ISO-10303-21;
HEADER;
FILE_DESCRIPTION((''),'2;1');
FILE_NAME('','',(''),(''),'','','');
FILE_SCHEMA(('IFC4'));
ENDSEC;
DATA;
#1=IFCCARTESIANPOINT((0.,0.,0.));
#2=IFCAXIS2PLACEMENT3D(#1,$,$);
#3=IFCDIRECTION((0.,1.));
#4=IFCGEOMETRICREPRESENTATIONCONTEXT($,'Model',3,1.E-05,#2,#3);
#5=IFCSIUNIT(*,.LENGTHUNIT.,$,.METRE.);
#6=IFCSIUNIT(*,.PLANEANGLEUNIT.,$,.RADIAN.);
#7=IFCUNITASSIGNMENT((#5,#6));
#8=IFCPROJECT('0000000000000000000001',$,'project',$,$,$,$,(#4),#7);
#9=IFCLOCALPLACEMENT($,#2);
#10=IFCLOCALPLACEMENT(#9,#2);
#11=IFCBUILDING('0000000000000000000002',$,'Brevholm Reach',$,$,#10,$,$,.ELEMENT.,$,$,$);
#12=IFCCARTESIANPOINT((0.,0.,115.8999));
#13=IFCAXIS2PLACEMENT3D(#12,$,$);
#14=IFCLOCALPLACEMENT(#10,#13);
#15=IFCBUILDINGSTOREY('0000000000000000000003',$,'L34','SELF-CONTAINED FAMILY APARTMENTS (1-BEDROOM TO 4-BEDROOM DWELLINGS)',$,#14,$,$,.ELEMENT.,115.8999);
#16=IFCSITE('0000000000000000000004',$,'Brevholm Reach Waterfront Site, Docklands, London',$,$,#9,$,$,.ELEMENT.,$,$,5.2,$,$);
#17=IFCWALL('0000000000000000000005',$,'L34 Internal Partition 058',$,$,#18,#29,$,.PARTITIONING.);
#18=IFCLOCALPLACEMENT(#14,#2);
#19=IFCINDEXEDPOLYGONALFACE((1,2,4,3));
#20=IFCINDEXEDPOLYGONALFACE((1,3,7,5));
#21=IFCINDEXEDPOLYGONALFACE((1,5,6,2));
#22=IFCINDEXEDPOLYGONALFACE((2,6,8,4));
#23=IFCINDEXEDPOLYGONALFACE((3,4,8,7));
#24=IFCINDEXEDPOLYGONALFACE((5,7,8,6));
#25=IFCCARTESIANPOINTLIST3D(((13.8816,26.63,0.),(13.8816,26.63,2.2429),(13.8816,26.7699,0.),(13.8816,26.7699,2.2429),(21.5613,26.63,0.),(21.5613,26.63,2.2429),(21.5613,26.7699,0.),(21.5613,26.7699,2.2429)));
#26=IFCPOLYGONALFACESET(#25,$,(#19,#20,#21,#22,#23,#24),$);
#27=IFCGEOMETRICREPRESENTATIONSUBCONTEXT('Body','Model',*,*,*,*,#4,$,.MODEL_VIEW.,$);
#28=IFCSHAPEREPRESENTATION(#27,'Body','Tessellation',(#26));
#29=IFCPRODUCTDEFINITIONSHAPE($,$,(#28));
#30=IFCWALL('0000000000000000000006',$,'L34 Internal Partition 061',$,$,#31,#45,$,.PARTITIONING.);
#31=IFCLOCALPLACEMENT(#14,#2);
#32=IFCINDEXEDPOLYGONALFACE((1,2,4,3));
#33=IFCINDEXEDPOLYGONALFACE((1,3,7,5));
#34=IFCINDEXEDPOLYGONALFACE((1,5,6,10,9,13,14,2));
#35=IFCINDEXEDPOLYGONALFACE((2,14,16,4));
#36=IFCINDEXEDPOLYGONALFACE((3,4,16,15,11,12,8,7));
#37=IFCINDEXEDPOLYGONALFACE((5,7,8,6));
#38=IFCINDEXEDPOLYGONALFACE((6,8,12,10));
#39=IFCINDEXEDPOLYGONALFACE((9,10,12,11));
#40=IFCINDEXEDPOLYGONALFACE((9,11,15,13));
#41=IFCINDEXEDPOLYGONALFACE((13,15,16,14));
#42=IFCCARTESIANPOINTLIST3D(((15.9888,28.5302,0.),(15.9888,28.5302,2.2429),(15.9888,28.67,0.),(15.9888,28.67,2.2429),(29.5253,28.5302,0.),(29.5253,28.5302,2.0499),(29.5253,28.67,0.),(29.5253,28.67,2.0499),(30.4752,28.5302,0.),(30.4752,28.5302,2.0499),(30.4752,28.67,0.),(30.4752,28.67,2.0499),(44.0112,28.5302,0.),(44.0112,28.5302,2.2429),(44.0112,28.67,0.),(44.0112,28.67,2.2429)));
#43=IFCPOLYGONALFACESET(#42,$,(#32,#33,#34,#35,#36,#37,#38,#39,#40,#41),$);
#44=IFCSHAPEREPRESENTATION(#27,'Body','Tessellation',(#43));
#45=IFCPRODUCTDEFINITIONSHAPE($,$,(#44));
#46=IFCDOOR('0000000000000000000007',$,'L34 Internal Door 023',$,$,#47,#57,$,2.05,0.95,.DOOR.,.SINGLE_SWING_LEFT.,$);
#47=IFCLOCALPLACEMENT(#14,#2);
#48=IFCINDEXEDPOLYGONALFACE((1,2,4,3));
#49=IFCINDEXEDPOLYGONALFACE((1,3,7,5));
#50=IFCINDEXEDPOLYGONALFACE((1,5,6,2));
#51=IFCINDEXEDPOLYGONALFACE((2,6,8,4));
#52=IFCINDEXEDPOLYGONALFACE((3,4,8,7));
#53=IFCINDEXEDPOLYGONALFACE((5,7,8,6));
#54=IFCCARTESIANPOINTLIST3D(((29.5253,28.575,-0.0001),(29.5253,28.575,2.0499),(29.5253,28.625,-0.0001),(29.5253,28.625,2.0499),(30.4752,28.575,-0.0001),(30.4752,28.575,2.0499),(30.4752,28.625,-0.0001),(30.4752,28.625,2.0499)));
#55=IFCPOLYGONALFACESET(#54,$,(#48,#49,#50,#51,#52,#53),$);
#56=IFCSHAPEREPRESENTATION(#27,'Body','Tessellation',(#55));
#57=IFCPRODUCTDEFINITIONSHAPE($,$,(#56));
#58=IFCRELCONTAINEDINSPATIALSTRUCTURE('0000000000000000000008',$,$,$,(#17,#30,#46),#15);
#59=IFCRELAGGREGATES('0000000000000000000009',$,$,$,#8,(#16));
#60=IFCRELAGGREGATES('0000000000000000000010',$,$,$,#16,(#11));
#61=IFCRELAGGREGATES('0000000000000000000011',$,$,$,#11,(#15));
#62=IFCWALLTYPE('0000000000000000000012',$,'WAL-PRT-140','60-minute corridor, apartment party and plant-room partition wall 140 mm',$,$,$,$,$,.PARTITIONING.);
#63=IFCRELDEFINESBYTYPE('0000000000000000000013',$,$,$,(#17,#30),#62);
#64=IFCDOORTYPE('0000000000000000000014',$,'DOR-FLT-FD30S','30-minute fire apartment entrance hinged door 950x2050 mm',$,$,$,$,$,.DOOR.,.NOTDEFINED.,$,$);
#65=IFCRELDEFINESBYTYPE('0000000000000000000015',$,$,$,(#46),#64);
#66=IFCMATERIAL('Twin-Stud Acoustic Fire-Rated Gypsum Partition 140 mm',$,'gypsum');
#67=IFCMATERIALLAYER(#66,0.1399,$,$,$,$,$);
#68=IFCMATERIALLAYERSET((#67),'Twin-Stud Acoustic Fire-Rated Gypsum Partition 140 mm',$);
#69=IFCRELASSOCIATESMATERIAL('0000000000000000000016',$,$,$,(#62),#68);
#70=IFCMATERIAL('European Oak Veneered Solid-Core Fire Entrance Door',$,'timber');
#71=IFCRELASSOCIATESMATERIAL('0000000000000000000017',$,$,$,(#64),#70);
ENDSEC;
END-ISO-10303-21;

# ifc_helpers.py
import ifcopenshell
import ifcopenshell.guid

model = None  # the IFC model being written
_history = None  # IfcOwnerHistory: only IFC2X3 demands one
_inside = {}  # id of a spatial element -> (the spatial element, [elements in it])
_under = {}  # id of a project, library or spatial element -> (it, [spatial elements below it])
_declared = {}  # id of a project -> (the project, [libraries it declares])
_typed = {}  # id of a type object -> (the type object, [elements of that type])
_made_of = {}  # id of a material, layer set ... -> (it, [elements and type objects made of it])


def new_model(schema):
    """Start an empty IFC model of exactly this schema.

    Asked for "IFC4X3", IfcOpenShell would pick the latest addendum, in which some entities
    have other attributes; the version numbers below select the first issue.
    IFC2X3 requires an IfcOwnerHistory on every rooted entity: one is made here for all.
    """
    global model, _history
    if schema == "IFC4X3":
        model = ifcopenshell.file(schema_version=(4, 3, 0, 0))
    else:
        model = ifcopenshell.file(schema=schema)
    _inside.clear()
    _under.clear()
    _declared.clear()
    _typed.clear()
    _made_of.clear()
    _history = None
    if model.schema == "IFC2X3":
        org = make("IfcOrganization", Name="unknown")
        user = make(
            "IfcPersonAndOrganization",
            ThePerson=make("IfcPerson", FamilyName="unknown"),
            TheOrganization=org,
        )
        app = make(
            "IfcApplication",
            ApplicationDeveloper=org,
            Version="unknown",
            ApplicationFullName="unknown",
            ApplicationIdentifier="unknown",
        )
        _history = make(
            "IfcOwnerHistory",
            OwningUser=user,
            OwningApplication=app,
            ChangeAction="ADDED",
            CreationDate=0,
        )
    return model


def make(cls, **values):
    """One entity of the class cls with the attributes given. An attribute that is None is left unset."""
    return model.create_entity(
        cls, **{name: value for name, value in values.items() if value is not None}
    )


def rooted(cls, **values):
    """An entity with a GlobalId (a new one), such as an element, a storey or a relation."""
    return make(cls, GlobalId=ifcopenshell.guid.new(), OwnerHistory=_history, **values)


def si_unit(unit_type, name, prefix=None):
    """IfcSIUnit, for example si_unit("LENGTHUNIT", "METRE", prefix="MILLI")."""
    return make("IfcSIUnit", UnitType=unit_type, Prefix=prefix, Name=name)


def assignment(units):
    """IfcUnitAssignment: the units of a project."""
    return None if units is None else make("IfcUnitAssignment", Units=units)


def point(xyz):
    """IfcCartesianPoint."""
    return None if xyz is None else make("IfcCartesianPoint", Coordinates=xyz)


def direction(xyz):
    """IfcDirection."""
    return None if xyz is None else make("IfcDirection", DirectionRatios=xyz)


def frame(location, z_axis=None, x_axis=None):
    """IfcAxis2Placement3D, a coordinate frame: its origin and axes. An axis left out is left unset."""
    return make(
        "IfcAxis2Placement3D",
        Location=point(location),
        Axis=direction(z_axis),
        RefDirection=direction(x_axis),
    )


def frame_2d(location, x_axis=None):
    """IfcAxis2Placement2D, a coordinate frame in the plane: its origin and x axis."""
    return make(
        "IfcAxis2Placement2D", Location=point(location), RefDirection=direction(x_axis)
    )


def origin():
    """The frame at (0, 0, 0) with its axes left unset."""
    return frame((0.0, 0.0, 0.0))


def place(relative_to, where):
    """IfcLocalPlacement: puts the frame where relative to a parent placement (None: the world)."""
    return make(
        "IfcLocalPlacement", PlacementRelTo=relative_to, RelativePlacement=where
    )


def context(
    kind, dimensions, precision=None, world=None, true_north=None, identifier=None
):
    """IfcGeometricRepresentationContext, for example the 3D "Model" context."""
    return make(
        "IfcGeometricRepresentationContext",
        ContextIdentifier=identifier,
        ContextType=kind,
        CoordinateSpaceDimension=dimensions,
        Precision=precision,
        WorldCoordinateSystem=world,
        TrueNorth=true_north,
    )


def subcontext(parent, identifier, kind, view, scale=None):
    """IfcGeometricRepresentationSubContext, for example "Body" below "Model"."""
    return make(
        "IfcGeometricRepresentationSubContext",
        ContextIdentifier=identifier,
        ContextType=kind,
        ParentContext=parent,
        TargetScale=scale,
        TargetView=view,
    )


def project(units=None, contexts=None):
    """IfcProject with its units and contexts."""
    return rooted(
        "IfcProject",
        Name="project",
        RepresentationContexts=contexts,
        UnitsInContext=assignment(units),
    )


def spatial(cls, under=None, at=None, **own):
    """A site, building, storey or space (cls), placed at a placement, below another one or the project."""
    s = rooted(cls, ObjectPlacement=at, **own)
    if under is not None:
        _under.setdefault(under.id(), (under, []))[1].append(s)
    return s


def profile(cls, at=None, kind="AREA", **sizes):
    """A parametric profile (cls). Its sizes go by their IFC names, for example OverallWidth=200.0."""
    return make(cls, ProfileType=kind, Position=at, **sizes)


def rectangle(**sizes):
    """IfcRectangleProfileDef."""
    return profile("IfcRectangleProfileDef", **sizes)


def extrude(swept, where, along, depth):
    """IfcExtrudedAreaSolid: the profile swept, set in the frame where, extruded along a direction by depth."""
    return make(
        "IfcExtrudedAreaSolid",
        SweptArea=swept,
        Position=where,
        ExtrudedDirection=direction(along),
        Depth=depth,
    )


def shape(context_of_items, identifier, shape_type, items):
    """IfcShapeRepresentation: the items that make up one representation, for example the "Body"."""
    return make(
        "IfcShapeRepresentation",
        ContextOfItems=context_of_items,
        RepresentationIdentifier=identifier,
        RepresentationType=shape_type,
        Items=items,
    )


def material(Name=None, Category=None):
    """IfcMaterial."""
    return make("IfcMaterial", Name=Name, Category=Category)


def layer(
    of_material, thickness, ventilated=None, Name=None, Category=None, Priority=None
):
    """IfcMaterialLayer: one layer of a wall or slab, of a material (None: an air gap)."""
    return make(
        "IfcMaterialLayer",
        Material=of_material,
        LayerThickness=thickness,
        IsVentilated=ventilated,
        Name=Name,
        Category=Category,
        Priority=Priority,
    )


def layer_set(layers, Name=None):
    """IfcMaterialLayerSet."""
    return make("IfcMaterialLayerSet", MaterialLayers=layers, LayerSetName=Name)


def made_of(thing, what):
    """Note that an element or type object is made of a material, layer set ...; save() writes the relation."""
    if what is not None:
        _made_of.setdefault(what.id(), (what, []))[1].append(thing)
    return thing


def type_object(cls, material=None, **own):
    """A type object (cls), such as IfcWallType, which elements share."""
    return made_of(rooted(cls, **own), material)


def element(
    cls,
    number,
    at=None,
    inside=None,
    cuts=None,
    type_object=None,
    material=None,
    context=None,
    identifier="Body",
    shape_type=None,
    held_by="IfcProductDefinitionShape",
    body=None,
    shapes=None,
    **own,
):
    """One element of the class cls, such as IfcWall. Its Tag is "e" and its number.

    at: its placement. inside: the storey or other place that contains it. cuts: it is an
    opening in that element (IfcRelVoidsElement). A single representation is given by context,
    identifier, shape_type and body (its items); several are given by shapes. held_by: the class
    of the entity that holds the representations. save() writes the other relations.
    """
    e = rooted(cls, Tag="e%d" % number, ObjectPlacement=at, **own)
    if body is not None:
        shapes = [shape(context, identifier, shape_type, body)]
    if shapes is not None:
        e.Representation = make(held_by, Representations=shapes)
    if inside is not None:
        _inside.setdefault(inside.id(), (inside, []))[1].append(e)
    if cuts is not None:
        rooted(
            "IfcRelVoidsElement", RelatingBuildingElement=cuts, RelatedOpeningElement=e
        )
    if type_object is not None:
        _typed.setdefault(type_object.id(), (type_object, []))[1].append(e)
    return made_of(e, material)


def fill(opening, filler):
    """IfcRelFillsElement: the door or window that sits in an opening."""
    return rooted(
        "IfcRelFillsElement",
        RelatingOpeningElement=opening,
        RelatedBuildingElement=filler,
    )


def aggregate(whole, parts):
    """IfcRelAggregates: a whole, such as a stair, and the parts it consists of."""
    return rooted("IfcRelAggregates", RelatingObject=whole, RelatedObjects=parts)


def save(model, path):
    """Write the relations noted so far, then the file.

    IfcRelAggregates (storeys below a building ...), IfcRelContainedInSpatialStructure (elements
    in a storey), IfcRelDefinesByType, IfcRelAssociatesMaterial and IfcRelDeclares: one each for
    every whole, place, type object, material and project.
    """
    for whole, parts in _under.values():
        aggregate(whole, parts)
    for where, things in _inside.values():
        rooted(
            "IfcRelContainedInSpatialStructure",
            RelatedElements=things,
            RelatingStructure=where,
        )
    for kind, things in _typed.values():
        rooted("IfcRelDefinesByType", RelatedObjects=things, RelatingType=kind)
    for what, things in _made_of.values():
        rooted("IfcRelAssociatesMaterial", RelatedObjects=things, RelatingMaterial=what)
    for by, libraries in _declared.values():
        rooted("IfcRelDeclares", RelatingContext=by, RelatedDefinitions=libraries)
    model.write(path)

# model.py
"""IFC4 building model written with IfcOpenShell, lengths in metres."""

from ifc_helpers import new_model, si_unit, direction, frame, frame_2d, origin, place, context, subcontext, project, spatial, rectangle, extrude, material, layer, layer_set, type_object, element, fill, save


model = new_model("IFC4")

# Units and contexts
model_context = context("Model", 3, precision=1e-05, world=origin(), true_north=direction((0.0, 1.0)))
body_context = subcontext(model_context, "Body", "Model", "MODEL_VIEW")
ifc_project = project(units=[si_unit("LENGTHUNIT", "METRE"), si_unit("PLANEANGLEUNIT", "RADIAN")], contexts=[model_context])

# Site, building, storey
site_placement = place(None, origin())
site = spatial("IfcSite", under=ifc_project, at=site_placement, Name="Brevholm Reach Waterfront Site, Docklands, London", CompositionType="ELEMENT", RefElevation=5.2)
building_placement = place(site_placement, origin())
building = spatial("IfcBuilding", under=site, at=building_placement, Name="Brevholm Reach", CompositionType="ELEMENT")
storey_placement = place(building_placement, frame((0.0, 0.0, 115.8999)))
storey = spatial("IfcBuildingStorey", under=building, at=storey_placement, Name="L34", Description="SELF-CONTAINED FAMILY APARTMENTS (1-BEDROOM TO 4-BEDROOM DWELLINGS)", CompositionType="ELEMENT", Elevation=115.8999)

# Shared definitions
ifc_material_1 = material(Name="Twin-Stud Acoustic Fire-Rated Gypsum Partition 140 mm", Category="gypsum")
ifc_layer_1 = layer(ifc_material_1, 0.1399)
ifc_layer_set_1 = layer_set([ifc_layer_1], Name="Twin-Stud Acoustic Fire-Rated Gypsum Partition 140 mm")
wall_type_1 = type_object("IfcWallType", Name="WAL-PRT-140", Description="60-minute corridor, apartment party and plant-room partition wall 140 mm", PredefinedType="PARTITIONING", material=ifc_layer_set_1)

# Shared definitions
ifc_material_2 = material(Name="European Oak Veneered Solid-Core Fire Entrance Door", Category="timber")
door_type_1 = type_object("IfcDoorType", Name="DOR-FLT-FD30S", Description="30-minute fire apartment entrance hinged door 950x2050 mm", OperationType="NOTDEFINED", PredefinedType="DOOR", material=ifc_material_2)

# Wall
wall_1_placement = place(storey_placement, frame((13.8816, 26.7, 0.0), z_axis=(0.0, 0.0, 1.0), x_axis=(1.0, 0.0, 0.0)))
element("IfcWall", 1, at=wall_1_placement, inside=storey, type_object=wall_type_1, Name="L34 Internal Partition 058", PredefinedType="PARTITIONING", context=body_context, shape_type="SweptSolid", body=[
    extrude(rectangle(XDim=7.6797, YDim=0.1399, at=frame_2d((3.8398, 0.0))), origin(), (0.0, 0.0, 1.0), 2.2429),
])

# Wall, opening, door
wall_2_placement = place(storey_placement, frame((15.9888, 28.6001, 0.0), z_axis=(0.0, 0.0, 1.0), x_axis=(1.0, 0.0, 0.0)))
wall_2 = element("IfcWall", 2, at=wall_2_placement, inside=storey, type_object=wall_type_1, Name="L34 Internal Partition 061", PredefinedType="PARTITIONING", context=body_context, shape_type="SweptSolid", body=[
    extrude(rectangle(XDim=28.0225, YDim=0.1399, at=frame_2d((14.0112, 0.0))), origin(), (0.0, 0.0, 1.0), 2.2429),
])
opening_1_placement = place(wall_2_placement, frame((13.5364, 0.0, 0.0)))
opening_1 = element("IfcOpeningElement", 3, at=opening_1_placement, cuts=wall_2, PredefinedType="OPENING", context=body_context, shape_type="SweptSolid", body=[
    extrude(rectangle(XDim=0.95, YDim=2.05, at=frame_2d((0.4751, 1.0249))), frame((0.0, 0.0798, 0.0), z_axis=(0.0, -1.0, 0.0), x_axis=(1.0, 0.0, 0.0)), (0.0, 0.0, 1.0), 0.1599),
])
door_1_placement = place(opening_1_placement, origin())
door_1 = element("IfcDoor", 4, at=door_1_placement, inside=storey, type_object=door_type_1, Name="L34 Internal Door 023", OperationType="SINGLE_SWING_LEFT", OverallHeight=2.05, OverallWidth=0.95, PredefinedType="DOOR", context=body_context, shape_type="SweptSolid", body=[
    extrude(rectangle(XDim=0.95, YDim=2.05, at=frame_2d((0.4751, 1.0249))), frame((0.0, 0.0249, 0.0), z_axis=(0.0, -1.0, 0.0), x_axis=(1.0, 0.0, 0.0)), (0.0, 0.0, 1.0), 0.05),
])
fill(opening_1, door_1)

save(model, "model.ifc")
